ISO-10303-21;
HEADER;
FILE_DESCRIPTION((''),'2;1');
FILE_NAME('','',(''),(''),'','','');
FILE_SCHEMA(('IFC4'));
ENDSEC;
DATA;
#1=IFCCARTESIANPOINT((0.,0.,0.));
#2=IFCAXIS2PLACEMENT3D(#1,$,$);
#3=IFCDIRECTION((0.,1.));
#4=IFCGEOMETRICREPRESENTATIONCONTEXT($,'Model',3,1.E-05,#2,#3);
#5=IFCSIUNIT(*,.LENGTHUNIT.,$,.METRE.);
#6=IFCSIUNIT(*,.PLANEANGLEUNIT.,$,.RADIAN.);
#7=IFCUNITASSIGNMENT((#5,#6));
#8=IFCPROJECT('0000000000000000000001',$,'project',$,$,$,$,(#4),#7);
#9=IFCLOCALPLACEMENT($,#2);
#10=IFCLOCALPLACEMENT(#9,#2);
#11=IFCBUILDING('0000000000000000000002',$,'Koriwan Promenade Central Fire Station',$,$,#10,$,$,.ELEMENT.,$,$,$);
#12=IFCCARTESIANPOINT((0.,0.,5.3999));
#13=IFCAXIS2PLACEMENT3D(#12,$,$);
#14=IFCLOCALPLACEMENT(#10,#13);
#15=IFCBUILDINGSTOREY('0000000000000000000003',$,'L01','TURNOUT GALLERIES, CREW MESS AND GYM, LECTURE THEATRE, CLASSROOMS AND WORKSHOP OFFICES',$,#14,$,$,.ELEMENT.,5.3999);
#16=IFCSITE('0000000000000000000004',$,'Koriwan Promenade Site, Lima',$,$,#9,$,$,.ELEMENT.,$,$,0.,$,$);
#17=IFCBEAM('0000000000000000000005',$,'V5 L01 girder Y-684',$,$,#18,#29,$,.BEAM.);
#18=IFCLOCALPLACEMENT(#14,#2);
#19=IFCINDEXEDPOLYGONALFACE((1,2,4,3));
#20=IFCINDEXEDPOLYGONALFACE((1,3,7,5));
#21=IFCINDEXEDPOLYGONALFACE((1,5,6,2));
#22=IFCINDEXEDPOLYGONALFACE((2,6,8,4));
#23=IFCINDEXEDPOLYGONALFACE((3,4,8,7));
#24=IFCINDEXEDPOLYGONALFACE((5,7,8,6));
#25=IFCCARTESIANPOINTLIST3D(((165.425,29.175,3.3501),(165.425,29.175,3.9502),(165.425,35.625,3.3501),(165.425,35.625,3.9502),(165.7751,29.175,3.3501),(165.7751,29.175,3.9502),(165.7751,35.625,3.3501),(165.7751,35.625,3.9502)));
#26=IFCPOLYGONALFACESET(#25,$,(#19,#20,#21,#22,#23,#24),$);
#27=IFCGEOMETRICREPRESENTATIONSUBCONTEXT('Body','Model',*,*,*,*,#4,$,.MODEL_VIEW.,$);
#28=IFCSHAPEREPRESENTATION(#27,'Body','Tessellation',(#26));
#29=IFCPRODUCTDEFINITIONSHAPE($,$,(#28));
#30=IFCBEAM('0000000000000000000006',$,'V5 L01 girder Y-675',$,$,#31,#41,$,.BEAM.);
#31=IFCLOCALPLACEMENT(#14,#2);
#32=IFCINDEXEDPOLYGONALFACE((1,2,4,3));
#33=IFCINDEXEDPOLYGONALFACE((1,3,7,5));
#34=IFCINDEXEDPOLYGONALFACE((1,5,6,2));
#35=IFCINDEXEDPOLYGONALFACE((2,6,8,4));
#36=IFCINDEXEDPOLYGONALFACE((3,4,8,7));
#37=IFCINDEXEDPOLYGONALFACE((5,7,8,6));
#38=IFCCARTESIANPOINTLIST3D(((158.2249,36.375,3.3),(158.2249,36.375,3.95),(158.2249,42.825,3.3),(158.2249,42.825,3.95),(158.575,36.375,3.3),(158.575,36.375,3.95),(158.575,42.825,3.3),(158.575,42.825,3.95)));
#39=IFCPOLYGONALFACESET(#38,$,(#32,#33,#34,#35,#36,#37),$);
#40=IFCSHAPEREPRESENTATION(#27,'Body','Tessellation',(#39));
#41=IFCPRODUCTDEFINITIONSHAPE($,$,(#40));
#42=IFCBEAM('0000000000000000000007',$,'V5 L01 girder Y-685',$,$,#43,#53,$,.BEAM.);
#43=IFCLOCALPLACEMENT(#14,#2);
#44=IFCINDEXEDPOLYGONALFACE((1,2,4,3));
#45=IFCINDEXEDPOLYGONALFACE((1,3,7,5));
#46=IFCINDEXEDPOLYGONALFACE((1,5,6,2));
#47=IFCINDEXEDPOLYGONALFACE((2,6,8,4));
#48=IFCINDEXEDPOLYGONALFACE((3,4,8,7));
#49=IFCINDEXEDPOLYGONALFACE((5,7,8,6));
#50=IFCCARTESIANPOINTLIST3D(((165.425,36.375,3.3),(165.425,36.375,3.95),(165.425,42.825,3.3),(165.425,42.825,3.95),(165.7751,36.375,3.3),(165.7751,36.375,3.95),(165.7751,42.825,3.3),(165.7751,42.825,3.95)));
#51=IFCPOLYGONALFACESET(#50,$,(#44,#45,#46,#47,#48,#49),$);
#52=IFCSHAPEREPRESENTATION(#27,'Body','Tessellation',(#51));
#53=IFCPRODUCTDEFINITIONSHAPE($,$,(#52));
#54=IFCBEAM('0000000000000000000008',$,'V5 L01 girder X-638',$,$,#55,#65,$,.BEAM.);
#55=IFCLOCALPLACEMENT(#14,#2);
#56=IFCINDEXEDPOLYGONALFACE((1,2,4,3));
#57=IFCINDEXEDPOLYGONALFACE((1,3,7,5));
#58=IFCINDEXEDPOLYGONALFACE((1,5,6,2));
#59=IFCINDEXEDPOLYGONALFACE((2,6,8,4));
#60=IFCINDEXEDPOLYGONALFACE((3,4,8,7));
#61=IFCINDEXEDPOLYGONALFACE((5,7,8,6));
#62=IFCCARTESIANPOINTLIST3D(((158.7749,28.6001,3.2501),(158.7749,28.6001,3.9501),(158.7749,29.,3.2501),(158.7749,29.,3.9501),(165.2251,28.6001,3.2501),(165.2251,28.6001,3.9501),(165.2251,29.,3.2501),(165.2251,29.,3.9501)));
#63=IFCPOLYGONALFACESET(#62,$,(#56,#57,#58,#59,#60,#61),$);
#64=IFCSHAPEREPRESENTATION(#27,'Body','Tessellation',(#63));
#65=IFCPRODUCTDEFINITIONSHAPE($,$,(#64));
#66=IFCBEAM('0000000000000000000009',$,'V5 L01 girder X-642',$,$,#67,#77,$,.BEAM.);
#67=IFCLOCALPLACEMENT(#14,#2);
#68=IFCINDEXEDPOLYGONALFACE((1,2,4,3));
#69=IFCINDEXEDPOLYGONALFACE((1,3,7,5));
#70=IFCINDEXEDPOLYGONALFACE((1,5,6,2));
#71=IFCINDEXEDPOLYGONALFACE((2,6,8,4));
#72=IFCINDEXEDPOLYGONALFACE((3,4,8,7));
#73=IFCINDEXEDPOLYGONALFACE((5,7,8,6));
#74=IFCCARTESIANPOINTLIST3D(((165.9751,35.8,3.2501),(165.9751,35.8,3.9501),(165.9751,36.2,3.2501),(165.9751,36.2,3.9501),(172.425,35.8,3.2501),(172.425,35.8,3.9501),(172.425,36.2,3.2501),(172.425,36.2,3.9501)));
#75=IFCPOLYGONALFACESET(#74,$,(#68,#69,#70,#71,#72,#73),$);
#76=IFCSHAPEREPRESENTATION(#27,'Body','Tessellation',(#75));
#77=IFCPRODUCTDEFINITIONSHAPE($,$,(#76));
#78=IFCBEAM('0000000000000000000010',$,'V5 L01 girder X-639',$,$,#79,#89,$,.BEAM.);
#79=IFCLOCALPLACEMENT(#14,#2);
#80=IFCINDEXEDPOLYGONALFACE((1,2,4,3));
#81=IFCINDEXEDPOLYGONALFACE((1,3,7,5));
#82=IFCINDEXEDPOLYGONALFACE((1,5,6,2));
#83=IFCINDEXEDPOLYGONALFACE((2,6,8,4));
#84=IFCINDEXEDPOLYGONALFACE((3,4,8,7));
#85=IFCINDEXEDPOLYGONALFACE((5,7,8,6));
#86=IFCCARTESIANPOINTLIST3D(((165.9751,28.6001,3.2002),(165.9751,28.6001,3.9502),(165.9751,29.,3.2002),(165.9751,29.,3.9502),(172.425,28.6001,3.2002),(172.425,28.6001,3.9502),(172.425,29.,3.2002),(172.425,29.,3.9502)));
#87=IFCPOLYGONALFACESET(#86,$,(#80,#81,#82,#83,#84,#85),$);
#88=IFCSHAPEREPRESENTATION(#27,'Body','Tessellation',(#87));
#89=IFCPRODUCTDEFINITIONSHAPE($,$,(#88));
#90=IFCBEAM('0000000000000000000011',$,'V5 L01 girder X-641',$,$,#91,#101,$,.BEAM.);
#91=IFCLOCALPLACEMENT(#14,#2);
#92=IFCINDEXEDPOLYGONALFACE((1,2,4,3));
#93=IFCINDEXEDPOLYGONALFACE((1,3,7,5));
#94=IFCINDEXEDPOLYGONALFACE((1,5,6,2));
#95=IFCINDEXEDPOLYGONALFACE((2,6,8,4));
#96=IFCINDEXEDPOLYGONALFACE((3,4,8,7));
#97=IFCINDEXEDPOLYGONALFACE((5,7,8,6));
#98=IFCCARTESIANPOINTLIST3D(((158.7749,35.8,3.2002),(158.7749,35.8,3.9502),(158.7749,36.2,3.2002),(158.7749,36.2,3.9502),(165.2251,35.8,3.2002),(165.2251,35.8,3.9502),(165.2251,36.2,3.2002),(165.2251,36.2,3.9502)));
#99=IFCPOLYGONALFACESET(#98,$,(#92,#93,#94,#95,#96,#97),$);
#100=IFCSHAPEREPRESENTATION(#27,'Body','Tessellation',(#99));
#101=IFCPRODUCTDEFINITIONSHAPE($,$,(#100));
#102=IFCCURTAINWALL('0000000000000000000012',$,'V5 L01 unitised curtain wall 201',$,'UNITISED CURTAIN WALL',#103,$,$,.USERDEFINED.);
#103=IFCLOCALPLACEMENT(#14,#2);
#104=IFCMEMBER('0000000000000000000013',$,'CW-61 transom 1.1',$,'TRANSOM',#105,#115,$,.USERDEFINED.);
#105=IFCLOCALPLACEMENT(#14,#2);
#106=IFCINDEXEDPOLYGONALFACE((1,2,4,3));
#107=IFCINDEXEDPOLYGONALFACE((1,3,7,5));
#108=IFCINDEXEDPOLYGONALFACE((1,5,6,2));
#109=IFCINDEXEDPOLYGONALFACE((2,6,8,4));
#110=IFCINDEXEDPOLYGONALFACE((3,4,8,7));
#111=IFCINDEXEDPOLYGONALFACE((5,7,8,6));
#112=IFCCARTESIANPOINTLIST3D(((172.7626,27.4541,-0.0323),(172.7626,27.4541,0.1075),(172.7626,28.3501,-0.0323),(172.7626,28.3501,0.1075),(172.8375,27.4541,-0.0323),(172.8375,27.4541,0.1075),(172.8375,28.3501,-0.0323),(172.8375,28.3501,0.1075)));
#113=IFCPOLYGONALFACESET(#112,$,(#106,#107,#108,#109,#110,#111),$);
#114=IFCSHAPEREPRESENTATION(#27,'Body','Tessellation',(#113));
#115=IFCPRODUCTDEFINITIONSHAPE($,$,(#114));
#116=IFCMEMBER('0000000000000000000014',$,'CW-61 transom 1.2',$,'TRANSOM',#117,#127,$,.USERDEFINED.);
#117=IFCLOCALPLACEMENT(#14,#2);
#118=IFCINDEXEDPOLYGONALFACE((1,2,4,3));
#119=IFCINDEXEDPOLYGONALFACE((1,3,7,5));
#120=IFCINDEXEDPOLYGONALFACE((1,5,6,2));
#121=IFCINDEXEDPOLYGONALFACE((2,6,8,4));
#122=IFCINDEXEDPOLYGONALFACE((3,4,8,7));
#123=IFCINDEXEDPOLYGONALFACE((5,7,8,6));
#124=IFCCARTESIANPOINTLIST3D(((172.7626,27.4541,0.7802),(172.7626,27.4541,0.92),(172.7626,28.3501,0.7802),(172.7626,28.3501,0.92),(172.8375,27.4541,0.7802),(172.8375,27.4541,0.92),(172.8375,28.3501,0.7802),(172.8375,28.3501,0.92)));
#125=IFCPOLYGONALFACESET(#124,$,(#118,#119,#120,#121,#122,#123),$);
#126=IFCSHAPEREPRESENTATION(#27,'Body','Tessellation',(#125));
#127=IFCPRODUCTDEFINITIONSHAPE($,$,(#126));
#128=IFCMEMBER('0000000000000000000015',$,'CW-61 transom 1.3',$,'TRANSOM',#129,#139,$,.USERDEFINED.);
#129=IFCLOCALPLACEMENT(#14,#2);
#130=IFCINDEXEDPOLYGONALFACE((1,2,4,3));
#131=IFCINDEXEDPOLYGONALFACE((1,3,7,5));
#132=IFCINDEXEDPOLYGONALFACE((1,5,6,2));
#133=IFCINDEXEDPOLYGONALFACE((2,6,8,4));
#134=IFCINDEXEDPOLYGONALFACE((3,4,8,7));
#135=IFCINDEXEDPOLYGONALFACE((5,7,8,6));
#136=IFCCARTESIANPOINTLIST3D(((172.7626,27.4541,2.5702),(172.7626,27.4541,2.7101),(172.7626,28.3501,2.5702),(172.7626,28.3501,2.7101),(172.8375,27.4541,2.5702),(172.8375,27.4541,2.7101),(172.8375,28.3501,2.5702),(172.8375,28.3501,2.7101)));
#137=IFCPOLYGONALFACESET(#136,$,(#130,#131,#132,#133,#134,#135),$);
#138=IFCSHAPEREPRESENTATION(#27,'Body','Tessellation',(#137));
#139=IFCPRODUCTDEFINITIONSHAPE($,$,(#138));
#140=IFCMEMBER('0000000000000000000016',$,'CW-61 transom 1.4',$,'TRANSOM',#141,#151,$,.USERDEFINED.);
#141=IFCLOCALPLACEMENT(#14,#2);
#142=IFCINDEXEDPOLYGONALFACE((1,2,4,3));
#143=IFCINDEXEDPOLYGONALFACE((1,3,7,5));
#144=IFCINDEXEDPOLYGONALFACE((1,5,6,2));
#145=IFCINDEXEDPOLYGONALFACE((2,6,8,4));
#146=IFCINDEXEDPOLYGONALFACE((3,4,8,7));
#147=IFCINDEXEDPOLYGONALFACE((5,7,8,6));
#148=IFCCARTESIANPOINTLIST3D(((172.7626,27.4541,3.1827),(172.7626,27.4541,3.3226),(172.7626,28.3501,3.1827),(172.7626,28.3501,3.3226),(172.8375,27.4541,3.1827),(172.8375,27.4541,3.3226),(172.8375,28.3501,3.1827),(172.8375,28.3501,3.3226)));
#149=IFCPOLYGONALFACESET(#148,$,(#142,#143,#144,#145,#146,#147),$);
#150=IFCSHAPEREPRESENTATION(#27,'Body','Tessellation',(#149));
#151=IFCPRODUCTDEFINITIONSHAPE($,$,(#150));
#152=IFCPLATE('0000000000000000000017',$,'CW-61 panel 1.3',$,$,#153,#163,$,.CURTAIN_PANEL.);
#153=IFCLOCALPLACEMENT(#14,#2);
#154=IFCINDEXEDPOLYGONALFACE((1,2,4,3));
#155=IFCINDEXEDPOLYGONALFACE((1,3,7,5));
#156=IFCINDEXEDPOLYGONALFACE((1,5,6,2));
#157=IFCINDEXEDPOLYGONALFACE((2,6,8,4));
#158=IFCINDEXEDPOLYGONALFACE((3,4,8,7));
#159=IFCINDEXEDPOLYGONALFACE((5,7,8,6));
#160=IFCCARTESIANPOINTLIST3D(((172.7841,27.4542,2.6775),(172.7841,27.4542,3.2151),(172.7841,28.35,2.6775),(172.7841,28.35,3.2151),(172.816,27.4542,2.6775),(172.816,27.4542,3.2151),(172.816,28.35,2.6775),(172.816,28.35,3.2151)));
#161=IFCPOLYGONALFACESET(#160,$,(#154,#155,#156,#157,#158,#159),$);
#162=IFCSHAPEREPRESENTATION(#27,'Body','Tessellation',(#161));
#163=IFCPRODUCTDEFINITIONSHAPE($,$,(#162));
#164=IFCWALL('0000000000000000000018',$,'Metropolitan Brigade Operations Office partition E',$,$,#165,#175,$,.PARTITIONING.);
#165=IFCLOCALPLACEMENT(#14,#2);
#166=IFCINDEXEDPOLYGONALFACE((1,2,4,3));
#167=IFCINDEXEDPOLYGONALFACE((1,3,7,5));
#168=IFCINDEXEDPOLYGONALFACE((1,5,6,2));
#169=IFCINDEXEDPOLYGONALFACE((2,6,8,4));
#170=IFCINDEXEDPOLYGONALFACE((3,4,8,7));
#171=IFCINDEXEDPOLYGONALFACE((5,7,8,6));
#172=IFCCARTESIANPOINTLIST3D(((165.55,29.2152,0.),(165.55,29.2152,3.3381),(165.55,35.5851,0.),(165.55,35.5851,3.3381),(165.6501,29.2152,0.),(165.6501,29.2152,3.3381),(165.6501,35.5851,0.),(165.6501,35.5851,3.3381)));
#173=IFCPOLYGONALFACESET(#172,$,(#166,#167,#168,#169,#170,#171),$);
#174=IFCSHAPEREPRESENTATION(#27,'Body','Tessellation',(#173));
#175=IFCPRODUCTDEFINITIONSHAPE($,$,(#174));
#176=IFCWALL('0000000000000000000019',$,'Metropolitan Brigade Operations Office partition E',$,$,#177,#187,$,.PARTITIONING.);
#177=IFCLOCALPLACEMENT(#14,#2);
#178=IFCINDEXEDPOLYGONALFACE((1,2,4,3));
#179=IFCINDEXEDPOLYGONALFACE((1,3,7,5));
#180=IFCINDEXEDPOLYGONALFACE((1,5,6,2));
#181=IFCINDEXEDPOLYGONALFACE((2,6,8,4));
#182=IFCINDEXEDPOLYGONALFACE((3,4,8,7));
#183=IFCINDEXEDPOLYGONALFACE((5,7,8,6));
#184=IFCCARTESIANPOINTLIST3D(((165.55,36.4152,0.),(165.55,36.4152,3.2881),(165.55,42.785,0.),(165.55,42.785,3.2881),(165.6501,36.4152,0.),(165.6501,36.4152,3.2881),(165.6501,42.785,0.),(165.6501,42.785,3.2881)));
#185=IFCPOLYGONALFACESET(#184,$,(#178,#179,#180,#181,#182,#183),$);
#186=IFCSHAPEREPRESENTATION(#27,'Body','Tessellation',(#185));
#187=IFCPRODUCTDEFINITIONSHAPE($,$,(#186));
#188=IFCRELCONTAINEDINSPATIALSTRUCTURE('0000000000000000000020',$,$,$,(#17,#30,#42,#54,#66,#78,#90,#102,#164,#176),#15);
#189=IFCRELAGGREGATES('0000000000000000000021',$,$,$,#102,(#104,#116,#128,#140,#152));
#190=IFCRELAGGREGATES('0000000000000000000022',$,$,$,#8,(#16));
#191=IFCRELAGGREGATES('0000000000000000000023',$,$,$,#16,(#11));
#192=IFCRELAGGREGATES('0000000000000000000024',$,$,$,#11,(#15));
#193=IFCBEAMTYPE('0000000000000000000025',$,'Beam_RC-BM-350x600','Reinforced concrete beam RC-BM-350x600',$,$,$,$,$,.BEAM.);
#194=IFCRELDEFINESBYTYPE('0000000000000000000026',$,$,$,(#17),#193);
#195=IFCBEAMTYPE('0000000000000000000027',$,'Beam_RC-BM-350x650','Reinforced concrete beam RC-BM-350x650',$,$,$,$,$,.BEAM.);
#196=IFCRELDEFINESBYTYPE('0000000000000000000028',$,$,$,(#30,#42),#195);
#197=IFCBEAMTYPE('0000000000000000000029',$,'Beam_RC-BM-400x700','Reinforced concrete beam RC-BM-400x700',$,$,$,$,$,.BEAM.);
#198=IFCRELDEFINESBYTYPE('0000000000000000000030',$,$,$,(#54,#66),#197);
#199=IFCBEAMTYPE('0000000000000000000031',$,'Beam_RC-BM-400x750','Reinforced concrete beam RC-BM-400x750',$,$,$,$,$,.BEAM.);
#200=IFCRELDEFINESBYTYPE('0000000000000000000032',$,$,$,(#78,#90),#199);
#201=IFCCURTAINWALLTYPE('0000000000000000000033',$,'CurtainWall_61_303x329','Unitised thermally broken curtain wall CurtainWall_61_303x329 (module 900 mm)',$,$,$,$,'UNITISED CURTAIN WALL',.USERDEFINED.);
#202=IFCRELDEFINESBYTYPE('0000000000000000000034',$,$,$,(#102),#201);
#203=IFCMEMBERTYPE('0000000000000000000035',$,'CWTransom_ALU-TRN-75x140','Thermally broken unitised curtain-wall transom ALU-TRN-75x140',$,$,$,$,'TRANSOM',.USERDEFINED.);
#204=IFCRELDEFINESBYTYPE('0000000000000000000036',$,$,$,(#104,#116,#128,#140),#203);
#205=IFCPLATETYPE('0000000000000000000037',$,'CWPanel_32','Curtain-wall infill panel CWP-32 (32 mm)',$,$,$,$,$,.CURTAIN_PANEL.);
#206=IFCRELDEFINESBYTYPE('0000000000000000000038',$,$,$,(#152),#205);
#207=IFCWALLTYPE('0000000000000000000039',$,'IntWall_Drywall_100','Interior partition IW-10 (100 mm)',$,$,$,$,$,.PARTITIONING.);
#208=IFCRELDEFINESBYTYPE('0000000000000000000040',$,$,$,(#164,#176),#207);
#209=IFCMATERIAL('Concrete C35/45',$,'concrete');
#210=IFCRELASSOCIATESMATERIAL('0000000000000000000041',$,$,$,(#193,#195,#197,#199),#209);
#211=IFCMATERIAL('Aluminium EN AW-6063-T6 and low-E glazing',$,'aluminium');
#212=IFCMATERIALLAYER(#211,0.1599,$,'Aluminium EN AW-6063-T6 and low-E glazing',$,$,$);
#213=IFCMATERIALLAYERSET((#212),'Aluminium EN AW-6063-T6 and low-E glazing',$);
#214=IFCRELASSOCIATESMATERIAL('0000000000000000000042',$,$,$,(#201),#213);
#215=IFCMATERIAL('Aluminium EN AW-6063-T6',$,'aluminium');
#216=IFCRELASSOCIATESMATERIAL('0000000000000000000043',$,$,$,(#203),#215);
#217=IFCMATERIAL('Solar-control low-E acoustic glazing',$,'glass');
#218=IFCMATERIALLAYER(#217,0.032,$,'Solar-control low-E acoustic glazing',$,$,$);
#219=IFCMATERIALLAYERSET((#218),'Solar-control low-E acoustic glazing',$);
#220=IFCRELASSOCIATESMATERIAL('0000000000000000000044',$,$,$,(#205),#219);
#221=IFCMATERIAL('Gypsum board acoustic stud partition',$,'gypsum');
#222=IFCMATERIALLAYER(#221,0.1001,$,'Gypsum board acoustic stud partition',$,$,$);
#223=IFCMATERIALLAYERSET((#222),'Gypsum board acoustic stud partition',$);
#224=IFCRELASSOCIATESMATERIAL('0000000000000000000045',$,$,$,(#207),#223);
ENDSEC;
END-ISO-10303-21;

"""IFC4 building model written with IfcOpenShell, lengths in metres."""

from ifc_helpers import new_model, si_unit, direction, frame, frame_2d, origin, origin_2d, place, context, subcontext, project, spatial, rectangle, extrude, material, layer, layer_set, material_profile, profile_set, type_object, element, aggregate, save


model = new_model("IFC4")

# Units and contexts
model_context = context("Model", 3, precision=1e-05, world=origin(), true_north=direction((0.0, 1.0)))
body_context = subcontext(model_context, "Body", "Model", "MODEL_VIEW")
ifc_project = project(units=[si_unit("LENGTHUNIT", "METRE"), si_unit("PLANEANGLEUNIT", "RADIAN")], contexts=[model_context])

# Site, building, storey
site_placement = place(None, origin())
site = spatial("IfcSite", under=ifc_project, at=site_placement, Name="Koriwan Promenade Site, Lima", CompositionType="ELEMENT", RefElevation=0.0)
building_placement = place(site_placement, origin())
building = spatial("IfcBuilding", under=site, at=building_placement, Name="Koriwan Promenade Central Fire Station", CompositionType="ELEMENT")
storey_placement = place(building_placement, frame((0.0, 0.0, 5.3999)))
storey = spatial("IfcBuildingStorey", under=building, at=storey_placement, Name="L01", Description="TURNOUT GALLERIES, CREW MESS AND GYM, LECTURE THEATRE, CLASSROOMS AND WORKSHOP OFFICES", CompositionType="ELEMENT", Elevation=5.3999)

# Beams
ifc_material_1 = material(Name="Concrete C35/45", Category="concrete")
ifc_material_profile_1 = material_profile(ifc_material_1, rectangle(XDim=0.3501, YDim=0.6001, at=origin_2d()), Name="RC-BM-350x600")
ifc_profile_set_1 = profile_set([ifc_material_profile_1], Name="Concrete C35/45")
beam_type_1 = type_object("IfcBeamType", Name="Beam_RC-BM-350x600", Description="Reinforced concrete beam RC-BM-350x600", PredefinedType="BEAM", material=ifc_profile_set_1)
for number, where, z_axis, x_axis, name in (
    (1, (165.6001, 29.175, 3.6501), (0.0, 1.0, 0.0), (-1.0, 0.0, 0.0), "V5 L01 girder Y-684"),
):
    element("IfcBeam", number, at=place(storey_placement, frame(where, z_axis=z_axis, x_axis=x_axis)), inside=storey, type_object=beam_type_1, Name=name, PredefinedType="BEAM", context=body_context, shape_type="SweptSolid", body=[
        extrude(rectangle(XDim=0.3501, YDim=0.6001, at=origin_2d()), origin(), (0.0, 0.0, 1.0), 6.45),
    ])
ifc_material_profile_2 = material_profile(ifc_material_1, rectangle(XDim=0.3501, YDim=0.6499, at=origin_2d()), Name="RC-BM-350x650")
ifc_profile_set_2 = profile_set([ifc_material_profile_2], Name="Concrete C35/45")
beam_type_2 = type_object("IfcBeamType", Name="Beam_RC-BM-350x650", Description="Reinforced concrete beam RC-BM-350x650", PredefinedType="BEAM", material=ifc_profile_set_2)
for number, where, z_axis, x_axis, name in (
    (2, (158.3999, 36.375, 3.625), (0.0, 1.0, 0.0), (-1.0, 0.0, 0.0), "V5 L01 girder Y-675"),
    (3, (165.6001, 36.375, 3.625), (0.0, 1.0, 0.0), (-1.0, 0.0, 0.0), "V5 L01 girder Y-685"),
):
    element("IfcBeam", number, at=place(storey_placement, frame(where, z_axis=z_axis, x_axis=x_axis)), inside=storey, type_object=beam_type_2, Name=name, PredefinedType="BEAM", context=body_context, shape_type="SweptSolid", body=[
        extrude(rectangle(XDim=0.3501, YDim=0.6499, at=origin_2d()), origin(), (0.0, 0.0, 1.0), 6.45),
    ])
ifc_material_profile_3 = material_profile(ifc_material_1, rectangle(XDim=0.3999, YDim=0.7, at=origin_2d()), Name="RC-BM-400x700")
ifc_profile_set_3 = profile_set([ifc_material_profile_3], Name="Concrete C35/45")
beam_type_3 = type_object("IfcBeamType", Name="Beam_RC-BM-400x700", Description="Reinforced concrete beam RC-BM-400x700", PredefinedType="BEAM", material=ifc_profile_set_3)
beam_1_placement = place(storey_placement, frame((158.7749, 28.8, 3.6001), z_axis=(1.0, 0.0, 0.0), x_axis=(0.0, 1.0, 0.0)))
element("IfcBeam", 4, at=beam_1_placement, inside=storey, type_object=beam_type_3, Name="V5 L01 girder X-638", PredefinedType="BEAM", context=body_context, shape_type="SweptSolid", body=[
    extrude(rectangle(XDim=0.3999, YDim=0.7, at=origin_2d()), origin(), (0.0, 0.0, 1.0), 6.4502),
])
beam_2_placement = place(storey_placement, frame((165.9751, 36.0, 3.6001), z_axis=(1.0, 0.0, 0.0), x_axis=(0.0, 1.0, 0.0)))
element("IfcBeam", 5, at=beam_2_placement, inside=storey, type_object=beam_type_3, Name="V5 L01 girder X-642", PredefinedType="BEAM", context=body_context, shape_type="SweptSolid", body=[
    extrude(rectangle(XDim=0.3999, YDim=0.7, at=origin_2d()), origin(), (0.0, 0.0, 1.0), 6.45),
])
ifc_material_profile_4 = material_profile(ifc_material_1, rectangle(XDim=0.3999, YDim=0.75, at=origin_2d()), Name="RC-BM-400x750")
ifc_profile_set_4 = profile_set([ifc_material_profile_4], Name="Concrete C35/45")
beam_type_4 = type_object("IfcBeamType", Name="Beam_RC-BM-400x750", Description="Reinforced concrete beam RC-BM-400x750", PredefinedType="BEAM", material=ifc_profile_set_4)
beam_3_placement = place(storey_placement, frame((165.9751, 28.8, 3.5752), z_axis=(1.0, 0.0, 0.0), x_axis=(0.0, 1.0, 0.0)))
element("IfcBeam", 6, at=beam_3_placement, inside=storey, type_object=beam_type_4, Name="V5 L01 girder X-639", PredefinedType="BEAM", context=body_context, shape_type="SweptSolid", body=[
    extrude(rectangle(XDim=0.3999, YDim=0.75, at=origin_2d()), origin(), (0.0, 0.0, 1.0), 6.45),
])
beam_4_placement = place(storey_placement, frame((158.7749, 36.0, 3.5752), z_axis=(1.0, 0.0, 0.0), x_axis=(0.0, 1.0, 0.0)))
element("IfcBeam", 7, at=beam_4_placement, inside=storey, type_object=beam_type_4, Name="V5 L01 girder X-641", PredefinedType="BEAM", context=body_context, shape_type="SweptSolid", body=[
    extrude(rectangle(XDim=0.3999, YDim=0.75, at=origin_2d()), origin(), (0.0, 0.0, 1.0), 6.4502),
])

# Curtain wall, members, plate
ifc_material_2 = material(Name="Aluminium EN AW-6063-T6 and low-E glazing", Category="aluminium")
ifc_layer_1 = layer(ifc_material_2, 0.1599, Name="Aluminium EN AW-6063-T6 and low-E glazing")
ifc_layer_set_1 = layer_set([ifc_layer_1], Name="Aluminium EN AW-6063-T6 and low-E glazing")
curtain_wall_type = type_object("IfcCurtainWallType", Name="CurtainWall_61_303x329", Description="Unitised thermally broken curtain wall CurtainWall_61_303x329 (module 900 mm)", ElementType="UNITISED CURTAIN WALL", PredefinedType="USERDEFINED", material=ifc_layer_set_1)
curtain_wall_placement = place(storey_placement, origin())
curtain_wall = element("IfcCurtainWall", 8, at=curtain_wall_placement, inside=storey, type_object=curtain_wall_type, Name="V5 L01 unitised curtain wall 201", ObjectType="UNITISED CURTAIN WALL", PredefinedType="USERDEFINED")
ifc_material_3 = material(Name="Aluminium EN AW-6063-T6", Category="aluminium")
ifc_material_profile_5 = material_profile(ifc_material_3, rectangle(XDim=0.075, YDim=0.1399, at=origin_2d()), Name="ALU-TRN-75x140")
ifc_profile_set_5 = profile_set([ifc_material_profile_5], Name="Aluminium EN AW-6063-T6")
member_type = type_object("IfcMemberType", Name="CWTransom_ALU-TRN-75x140", Description="Thermally broken unitised curtain-wall transom ALU-TRN-75x140", ElementType="TRANSOM", PredefinedType="USERDEFINED", material=ifc_profile_set_5)
member_1_placement = place(storey_placement, frame((172.8, 28.3501, 0.0376), z_axis=(0.0, -1.0, 0.0), x_axis=(1.0, 0.0, 0.0)))
member_1 = element("IfcMember", 9, at=member_1_placement, type_object=member_type, Name="CW-61 transom 1.1", ObjectType="TRANSOM", PredefinedType="USERDEFINED", context=body_context, shape_type="SweptSolid", body=[
    extrude(rectangle(XDim=0.075, YDim=0.1399, at=origin_2d()), origin(), (0.0, 0.0, 1.0), 0.896),
])
member_2_placement = place(storey_placement, frame((172.8, 28.3501, 0.8501), z_axis=(0.0, -1.0, 0.0), x_axis=(1.0, 0.0, 0.0)))
member_2 = element("IfcMember", 10, at=member_2_placement, type_object=member_type, Name="CW-61 transom 1.2", ObjectType="TRANSOM", PredefinedType="USERDEFINED", context=body_context, shape_type="SweptSolid", body=[
    extrude(rectangle(XDim=0.075, YDim=0.1399, at=origin_2d()), origin(), (0.0, 0.0, 1.0), 0.896),
])
member_3_placement = place(storey_placement, frame((172.8, 28.3501, 2.6401), z_axis=(0.0, -1.0, 0.0), x_axis=(1.0, 0.0, 0.0)))
member_3 = element("IfcMember", 11, at=member_3_placement, type_object=member_type, Name="CW-61 transom 1.3", ObjectType="TRANSOM", PredefinedType="USERDEFINED", context=body_context, shape_type="SweptSolid", body=[
    extrude(rectangle(XDim=0.075, YDim=0.1399, at=origin_2d()), origin(), (0.0, 0.0, 1.0), 0.896),
])
member_4_placement = place(storey_placement, frame((172.8, 28.3501, 3.2527), z_axis=(0.0, -1.0, 0.0), x_axis=(1.0, 0.0, 0.0)))
member_4 = element("IfcMember", 12, at=member_4_placement, type_object=member_type, Name="CW-61 transom 1.4", ObjectType="TRANSOM", PredefinedType="USERDEFINED", context=body_context, shape_type="SweptSolid", body=[
    extrude(rectangle(XDim=0.075, YDim=0.1399, at=origin_2d()), origin(), (0.0, 0.0, 1.0), 0.896),
])
ifc_material_4 = material(Name="Solar-control low-E acoustic glazing", Category="glass")
ifc_layer_2 = layer(ifc_material_4, 0.032, Name="Solar-control low-E acoustic glazing")
ifc_layer_set_2 = layer_set([ifc_layer_2], Name="Solar-control low-E acoustic glazing")
plate_type = type_object("IfcPlateType", Name="CWPanel_32", Description="Curtain-wall infill panel CWP-32 (32 mm)", PredefinedType="CURTAIN_PANEL", material=ifc_layer_set_2)
plate_placement = place(storey_placement, frame((172.8, 27.9021, 2.6775), z_axis=(0.0, 0.0, 1.0), x_axis=(0.0, -1.0, 0.0)))
plate = element("IfcPlate", 13, at=plate_placement, type_object=plate_type, Name="CW-61 panel 1.3", PredefinedType="CURTAIN_PANEL", context=body_context, shape_type="SweptSolid", body=[
    extrude(rectangle(XDim=0.8958, YDim=0.032, at=origin_2d()), origin(), (0.0, 0.0, 1.0), 0.5376),
])
aggregate(curtain_wall, [member_1, member_2, member_3, member_4, plate])

# Walls
ifc_material_5 = material(Name="Gypsum board acoustic stud partition", Category="gypsum")
ifc_layer_3 = layer(ifc_material_5, 0.1001, Name="Gypsum board acoustic stud partition")
ifc_layer_set_3 = layer_set([ifc_layer_3], Name="Gypsum board acoustic stud partition")
wall_type = type_object("IfcWallType", Name="IntWall_Drywall_100", Description="Interior partition IW-10 (100 mm)", PredefinedType="PARTITIONING", material=ifc_layer_set_3)
wall_1_placement = place(storey_placement, frame((165.6001, 29.2151, 0.0), z_axis=(0.0, 0.0, 1.0), x_axis=(0.0, 1.0, 0.0)))
element("IfcWall", 14, at=wall_1_placement, inside=storey, type_object=wall_type, Name="Metropolitan Brigade Operations Office partition E", PredefinedType="PARTITIONING", context=body_context, shape_type="SweptSolid", body=[
    extrude(rectangle(XDim=6.3699, YDim=0.1001, at=frame_2d((3.1851, 0.0))), origin(), (0.0, 0.0, 1.0), 3.3381),
])
wall_2_placement = place(storey_placement, frame((165.6001, 36.415, 0.0), z_axis=(0.0, 0.0, 1.0), x_axis=(0.0, 1.0, 0.0)))
element("IfcWall", 15, at=wall_2_placement, inside=storey, type_object=wall_type, Name="Metropolitan Brigade Operations Office partition E", PredefinedType="PARTITIONING", context=body_context, shape_type="SweptSolid", body=[
    extrude(rectangle(XDim=6.3699, YDim=0.1001, at=frame_2d((3.1851, 0.0))), origin(), (0.0, 0.0, 1.0), 3.2881),
])

save(model, "model.ifc")
